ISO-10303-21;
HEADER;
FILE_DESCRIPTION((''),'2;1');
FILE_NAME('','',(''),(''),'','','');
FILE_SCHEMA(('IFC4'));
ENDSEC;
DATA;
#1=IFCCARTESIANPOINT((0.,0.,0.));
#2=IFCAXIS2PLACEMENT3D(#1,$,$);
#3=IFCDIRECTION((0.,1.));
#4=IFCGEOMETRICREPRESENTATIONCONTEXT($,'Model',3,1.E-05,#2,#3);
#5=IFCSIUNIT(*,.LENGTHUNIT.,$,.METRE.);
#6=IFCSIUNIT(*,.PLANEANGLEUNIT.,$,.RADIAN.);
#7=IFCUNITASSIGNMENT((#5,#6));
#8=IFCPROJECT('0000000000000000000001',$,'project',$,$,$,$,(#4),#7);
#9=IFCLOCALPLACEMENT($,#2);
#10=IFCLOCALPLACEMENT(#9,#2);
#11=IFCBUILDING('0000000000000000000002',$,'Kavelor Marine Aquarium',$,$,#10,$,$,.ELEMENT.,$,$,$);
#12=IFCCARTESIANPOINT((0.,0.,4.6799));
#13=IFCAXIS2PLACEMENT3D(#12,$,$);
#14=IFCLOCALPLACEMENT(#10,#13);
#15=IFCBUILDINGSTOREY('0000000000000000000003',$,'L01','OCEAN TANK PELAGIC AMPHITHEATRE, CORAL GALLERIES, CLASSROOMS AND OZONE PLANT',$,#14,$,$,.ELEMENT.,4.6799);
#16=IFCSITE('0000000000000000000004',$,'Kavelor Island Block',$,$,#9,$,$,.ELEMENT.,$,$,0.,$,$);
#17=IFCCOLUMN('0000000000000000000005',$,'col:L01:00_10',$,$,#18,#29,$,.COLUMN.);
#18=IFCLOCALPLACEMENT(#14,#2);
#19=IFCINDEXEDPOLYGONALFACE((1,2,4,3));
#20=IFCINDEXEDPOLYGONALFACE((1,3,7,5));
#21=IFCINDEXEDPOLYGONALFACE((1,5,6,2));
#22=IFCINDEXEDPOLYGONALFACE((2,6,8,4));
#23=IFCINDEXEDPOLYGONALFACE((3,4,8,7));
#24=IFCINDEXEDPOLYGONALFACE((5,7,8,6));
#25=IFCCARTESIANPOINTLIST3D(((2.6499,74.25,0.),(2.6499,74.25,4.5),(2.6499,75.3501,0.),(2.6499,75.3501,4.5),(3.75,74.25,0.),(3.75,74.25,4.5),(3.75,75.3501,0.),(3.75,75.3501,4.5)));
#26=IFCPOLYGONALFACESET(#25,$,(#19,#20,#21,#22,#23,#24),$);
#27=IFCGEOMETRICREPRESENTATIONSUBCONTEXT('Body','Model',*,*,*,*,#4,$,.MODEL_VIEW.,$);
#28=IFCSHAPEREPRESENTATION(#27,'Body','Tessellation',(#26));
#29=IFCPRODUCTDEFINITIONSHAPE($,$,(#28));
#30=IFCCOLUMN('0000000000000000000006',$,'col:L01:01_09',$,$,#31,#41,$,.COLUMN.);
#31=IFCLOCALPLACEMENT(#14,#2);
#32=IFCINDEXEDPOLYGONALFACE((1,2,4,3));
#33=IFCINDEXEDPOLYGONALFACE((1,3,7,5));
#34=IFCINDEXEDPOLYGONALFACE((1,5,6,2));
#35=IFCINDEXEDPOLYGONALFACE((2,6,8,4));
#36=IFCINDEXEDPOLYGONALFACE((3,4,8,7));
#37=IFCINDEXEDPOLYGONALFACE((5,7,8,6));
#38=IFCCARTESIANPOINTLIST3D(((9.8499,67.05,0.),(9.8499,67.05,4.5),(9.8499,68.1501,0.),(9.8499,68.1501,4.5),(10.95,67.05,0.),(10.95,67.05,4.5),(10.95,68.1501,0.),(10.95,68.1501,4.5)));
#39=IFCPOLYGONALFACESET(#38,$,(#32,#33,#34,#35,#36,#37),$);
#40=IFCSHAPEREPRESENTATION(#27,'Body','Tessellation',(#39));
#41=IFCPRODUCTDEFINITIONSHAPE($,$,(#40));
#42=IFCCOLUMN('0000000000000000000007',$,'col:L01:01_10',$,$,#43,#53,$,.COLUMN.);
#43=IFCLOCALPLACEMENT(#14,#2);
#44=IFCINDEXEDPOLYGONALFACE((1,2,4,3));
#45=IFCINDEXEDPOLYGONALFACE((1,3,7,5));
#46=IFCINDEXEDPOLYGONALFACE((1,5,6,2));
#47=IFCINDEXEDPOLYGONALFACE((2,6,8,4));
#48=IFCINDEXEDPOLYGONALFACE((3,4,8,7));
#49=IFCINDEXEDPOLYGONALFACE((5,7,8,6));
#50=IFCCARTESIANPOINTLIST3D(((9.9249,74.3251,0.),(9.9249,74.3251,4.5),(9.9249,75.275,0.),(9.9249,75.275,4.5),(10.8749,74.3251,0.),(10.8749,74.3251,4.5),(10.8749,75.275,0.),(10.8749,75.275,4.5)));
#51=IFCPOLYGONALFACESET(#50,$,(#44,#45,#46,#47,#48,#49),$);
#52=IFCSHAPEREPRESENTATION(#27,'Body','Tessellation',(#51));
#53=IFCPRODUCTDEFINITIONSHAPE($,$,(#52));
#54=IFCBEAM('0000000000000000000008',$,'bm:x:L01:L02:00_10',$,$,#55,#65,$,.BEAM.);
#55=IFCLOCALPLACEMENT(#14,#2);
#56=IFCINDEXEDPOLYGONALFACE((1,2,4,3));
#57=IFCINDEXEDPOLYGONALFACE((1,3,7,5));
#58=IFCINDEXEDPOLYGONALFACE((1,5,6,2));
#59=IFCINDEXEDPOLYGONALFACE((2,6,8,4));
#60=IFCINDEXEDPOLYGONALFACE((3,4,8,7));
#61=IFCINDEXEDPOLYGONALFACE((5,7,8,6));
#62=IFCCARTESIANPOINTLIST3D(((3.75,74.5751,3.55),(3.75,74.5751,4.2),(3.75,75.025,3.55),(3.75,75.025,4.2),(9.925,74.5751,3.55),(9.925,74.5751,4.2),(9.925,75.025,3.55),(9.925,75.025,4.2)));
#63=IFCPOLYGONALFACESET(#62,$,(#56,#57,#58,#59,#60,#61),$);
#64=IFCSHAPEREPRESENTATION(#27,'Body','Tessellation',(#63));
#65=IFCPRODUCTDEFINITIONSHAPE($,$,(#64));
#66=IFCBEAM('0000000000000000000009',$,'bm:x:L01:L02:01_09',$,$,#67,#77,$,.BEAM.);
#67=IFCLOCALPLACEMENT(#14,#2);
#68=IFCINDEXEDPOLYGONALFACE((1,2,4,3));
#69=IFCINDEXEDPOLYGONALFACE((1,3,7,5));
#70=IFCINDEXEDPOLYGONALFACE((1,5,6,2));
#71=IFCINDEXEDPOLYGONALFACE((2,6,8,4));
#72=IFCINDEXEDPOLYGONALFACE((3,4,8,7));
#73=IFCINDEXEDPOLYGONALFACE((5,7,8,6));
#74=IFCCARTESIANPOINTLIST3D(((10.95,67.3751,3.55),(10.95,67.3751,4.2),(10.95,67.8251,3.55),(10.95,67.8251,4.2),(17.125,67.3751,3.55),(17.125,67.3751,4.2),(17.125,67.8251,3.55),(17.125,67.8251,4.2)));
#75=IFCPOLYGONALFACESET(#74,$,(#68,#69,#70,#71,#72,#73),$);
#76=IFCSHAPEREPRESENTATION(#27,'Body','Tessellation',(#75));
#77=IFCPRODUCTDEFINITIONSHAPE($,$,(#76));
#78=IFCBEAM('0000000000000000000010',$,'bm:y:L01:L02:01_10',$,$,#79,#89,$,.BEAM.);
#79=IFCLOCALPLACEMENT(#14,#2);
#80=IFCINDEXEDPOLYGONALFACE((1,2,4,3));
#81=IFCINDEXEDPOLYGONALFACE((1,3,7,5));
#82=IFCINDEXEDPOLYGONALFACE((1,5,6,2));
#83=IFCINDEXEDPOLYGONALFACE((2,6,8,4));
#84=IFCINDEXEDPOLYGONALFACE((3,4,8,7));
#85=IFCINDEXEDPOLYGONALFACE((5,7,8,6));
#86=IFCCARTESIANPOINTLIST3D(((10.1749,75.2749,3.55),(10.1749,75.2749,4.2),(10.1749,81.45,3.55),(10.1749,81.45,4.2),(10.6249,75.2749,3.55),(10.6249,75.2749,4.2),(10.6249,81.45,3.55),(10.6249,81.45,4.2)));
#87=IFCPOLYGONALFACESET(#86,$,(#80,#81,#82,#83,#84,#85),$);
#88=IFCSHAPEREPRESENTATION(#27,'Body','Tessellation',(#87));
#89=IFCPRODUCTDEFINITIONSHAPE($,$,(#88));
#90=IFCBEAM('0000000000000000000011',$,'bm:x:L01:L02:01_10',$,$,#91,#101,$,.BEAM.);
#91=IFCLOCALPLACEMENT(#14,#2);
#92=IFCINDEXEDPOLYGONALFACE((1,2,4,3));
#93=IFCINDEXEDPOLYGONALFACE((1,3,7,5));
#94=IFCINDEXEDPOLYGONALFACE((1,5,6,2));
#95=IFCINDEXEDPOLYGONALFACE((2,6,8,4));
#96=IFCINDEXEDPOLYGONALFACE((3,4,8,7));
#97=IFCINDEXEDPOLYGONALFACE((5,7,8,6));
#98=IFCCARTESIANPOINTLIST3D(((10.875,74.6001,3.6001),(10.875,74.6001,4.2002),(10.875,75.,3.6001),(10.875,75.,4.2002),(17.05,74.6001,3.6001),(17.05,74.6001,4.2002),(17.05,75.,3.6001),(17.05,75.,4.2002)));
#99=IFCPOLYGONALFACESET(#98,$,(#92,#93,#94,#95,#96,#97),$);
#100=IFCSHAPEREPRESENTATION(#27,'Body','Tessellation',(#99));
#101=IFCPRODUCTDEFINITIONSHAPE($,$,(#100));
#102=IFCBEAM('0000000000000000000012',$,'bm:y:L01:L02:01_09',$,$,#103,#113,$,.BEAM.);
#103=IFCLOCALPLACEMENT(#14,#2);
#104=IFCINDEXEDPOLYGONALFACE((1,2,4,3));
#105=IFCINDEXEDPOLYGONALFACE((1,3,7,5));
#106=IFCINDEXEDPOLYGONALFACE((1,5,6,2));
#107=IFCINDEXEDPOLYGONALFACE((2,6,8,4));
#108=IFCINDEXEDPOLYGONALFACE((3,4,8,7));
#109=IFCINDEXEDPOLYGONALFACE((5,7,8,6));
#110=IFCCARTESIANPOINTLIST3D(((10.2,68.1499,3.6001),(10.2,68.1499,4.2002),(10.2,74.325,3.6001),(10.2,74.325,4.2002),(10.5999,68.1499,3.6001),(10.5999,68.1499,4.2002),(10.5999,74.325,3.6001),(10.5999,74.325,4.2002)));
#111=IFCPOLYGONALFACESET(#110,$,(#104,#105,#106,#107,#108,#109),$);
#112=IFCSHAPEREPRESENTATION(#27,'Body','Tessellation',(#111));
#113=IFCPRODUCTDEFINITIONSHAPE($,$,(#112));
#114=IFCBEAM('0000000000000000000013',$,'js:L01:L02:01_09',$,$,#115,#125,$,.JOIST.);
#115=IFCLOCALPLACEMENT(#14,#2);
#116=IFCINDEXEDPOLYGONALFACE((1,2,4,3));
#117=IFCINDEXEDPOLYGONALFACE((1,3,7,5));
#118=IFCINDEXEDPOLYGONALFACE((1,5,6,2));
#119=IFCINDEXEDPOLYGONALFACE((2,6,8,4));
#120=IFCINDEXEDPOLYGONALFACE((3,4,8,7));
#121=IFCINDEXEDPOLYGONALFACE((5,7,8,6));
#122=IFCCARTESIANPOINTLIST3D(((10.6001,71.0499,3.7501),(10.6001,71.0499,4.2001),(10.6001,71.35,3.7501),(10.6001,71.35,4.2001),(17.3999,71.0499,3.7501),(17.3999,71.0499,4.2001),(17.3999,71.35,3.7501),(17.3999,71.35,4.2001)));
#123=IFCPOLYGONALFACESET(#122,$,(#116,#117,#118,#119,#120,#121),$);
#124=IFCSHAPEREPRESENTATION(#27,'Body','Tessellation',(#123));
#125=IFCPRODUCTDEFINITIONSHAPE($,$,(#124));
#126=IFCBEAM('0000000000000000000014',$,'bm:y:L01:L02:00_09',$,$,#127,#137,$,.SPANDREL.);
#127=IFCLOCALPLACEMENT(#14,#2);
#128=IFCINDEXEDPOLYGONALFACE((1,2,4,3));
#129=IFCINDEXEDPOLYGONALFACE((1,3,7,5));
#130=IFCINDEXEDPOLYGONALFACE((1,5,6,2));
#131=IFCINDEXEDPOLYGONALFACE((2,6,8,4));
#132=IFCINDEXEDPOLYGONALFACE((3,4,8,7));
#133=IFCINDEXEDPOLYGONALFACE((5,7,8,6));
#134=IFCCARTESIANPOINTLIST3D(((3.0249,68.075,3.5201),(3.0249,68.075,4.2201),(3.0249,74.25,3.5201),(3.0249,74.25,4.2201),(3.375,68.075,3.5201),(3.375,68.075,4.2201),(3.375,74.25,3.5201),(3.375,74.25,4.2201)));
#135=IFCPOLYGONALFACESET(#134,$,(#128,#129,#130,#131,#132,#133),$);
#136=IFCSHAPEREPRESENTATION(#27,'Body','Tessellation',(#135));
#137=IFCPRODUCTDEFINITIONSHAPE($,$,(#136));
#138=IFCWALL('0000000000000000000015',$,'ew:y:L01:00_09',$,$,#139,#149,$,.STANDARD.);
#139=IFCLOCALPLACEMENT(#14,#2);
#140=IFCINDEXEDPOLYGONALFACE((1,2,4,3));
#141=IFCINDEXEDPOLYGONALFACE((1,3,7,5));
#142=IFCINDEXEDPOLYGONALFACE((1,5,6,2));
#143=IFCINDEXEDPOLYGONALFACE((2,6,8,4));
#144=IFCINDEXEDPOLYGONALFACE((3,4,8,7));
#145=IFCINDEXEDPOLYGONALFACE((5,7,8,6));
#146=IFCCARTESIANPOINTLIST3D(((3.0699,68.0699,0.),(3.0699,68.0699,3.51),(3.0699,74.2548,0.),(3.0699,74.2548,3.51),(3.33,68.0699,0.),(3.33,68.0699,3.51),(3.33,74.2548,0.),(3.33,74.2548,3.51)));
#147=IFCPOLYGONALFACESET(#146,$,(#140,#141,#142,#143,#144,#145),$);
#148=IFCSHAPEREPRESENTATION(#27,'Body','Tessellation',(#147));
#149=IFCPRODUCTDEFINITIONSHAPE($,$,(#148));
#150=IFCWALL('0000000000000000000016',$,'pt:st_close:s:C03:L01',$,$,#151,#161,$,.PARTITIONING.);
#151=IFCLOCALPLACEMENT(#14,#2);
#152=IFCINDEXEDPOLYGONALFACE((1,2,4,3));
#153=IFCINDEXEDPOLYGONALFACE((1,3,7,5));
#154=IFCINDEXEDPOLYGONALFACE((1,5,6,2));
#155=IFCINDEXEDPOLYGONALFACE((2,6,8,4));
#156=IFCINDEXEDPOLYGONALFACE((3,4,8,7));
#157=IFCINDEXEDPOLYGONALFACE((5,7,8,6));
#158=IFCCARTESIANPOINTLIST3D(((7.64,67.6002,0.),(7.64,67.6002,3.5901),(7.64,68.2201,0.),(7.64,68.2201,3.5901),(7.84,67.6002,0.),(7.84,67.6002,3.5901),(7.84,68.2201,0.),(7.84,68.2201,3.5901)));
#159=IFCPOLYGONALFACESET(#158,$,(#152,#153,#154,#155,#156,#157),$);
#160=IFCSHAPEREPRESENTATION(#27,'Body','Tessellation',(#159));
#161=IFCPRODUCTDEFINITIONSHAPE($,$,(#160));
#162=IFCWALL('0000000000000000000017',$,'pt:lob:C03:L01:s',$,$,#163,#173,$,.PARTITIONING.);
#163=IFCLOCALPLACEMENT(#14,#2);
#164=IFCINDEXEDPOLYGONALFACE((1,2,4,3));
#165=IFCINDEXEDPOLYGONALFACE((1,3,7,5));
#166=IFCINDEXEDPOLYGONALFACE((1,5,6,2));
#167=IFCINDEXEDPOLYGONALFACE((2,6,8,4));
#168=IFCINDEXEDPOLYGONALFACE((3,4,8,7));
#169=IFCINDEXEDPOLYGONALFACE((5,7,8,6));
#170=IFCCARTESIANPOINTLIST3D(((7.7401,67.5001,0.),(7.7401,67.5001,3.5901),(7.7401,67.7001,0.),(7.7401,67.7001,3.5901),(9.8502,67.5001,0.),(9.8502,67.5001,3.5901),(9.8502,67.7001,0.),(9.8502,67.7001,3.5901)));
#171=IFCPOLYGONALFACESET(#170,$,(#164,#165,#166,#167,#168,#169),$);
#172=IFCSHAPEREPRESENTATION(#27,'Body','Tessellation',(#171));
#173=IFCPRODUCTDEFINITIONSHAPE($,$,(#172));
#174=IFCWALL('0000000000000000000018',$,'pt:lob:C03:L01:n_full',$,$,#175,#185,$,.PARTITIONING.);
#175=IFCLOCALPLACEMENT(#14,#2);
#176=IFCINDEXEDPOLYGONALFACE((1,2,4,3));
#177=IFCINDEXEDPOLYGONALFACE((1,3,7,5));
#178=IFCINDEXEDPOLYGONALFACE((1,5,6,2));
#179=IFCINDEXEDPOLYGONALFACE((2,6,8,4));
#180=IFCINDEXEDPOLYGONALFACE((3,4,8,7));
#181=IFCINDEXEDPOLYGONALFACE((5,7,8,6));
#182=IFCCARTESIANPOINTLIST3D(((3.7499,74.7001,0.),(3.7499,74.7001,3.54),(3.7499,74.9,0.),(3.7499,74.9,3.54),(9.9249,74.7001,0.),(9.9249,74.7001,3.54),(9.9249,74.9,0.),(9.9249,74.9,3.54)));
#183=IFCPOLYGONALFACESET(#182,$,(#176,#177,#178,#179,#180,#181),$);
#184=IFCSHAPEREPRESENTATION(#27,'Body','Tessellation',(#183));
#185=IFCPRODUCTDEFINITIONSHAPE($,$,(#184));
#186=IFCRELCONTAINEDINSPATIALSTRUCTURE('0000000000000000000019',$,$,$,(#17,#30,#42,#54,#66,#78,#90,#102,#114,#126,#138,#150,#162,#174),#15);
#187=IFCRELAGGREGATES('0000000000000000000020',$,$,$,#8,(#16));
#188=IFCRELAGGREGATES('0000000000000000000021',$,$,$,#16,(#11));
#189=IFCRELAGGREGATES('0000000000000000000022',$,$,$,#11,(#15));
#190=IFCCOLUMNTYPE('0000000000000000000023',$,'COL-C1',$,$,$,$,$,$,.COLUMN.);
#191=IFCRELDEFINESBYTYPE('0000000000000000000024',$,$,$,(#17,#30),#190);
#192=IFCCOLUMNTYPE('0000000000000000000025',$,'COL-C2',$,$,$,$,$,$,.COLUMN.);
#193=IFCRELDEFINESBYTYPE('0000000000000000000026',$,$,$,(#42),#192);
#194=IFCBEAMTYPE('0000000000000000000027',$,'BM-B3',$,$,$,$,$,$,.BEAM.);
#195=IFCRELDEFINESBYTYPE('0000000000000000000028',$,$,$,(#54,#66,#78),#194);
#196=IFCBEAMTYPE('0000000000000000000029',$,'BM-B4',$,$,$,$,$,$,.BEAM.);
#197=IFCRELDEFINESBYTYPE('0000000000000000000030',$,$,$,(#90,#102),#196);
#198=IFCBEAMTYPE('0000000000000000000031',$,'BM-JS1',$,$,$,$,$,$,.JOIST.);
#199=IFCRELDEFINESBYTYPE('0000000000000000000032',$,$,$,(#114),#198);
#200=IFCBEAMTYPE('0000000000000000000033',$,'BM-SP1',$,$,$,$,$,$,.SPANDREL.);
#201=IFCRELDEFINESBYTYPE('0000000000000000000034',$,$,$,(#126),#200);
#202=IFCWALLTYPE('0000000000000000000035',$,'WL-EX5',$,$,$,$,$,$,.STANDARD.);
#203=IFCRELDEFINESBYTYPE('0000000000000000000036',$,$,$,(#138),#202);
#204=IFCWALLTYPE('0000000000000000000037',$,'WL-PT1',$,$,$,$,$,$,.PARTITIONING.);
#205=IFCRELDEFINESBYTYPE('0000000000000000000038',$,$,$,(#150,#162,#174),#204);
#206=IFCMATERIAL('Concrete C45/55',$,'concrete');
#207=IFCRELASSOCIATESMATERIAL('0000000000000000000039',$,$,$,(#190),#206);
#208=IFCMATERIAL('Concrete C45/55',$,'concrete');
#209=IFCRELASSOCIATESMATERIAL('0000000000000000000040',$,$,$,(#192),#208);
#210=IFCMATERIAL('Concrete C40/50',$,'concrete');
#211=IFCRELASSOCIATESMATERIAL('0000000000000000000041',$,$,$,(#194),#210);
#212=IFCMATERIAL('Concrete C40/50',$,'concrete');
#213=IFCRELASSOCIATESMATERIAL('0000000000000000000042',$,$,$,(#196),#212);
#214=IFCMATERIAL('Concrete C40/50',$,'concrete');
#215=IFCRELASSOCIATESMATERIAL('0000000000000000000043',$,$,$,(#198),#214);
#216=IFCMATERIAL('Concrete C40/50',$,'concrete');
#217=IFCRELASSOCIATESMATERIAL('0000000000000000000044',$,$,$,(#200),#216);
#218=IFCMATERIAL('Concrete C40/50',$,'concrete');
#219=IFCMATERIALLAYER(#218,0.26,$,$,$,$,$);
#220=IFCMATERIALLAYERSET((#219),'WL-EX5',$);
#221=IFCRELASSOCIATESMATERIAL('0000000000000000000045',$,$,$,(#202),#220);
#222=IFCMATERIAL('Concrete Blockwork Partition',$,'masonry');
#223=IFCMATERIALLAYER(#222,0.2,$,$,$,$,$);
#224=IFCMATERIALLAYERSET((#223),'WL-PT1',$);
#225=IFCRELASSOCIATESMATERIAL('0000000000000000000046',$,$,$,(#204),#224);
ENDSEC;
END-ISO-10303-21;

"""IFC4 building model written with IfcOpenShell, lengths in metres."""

from ifc_helpers import new_model, si_unit, direction, frame, frame_2d, origin, origin_2d, place, context, subcontext, project, spatial, rectangle, extrude, material, layer, layer_set, material_profile, profile_set, type_object, element, save


model = new_model("IFC4")

# Units and contexts
model_context = context("Model", 3, precision=1e-05, world=origin(), true_north=direction((0.0, 1.0)))
body_context = subcontext(model_context, "Body", "Model", "MODEL_VIEW")
ifc_project = project(units=[si_unit("LENGTHUNIT", "METRE"), si_unit("PLANEANGLEUNIT", "RADIAN")], contexts=[model_context])

# Site, building, storey
site_placement = place(None, origin())
site = spatial("IfcSite", under=ifc_project, at=site_placement, Name="Kavelor Island Block", CompositionType="ELEMENT", RefElevation=0.0)
building_placement = place(site_placement, origin())
building = spatial("IfcBuilding", under=site, at=building_placement, Name="Kavelor Marine Aquarium", CompositionType="ELEMENT")
storey_placement = place(building_placement, frame((0.0, 0.0, 4.6799)))
storey = spatial("IfcBuildingStorey", under=building, at=storey_placement, Name="L01", Description="OCEAN TANK PELAGIC AMPHITHEATRE, CORAL GALLERIES, CLASSROOMS AND OZONE PLANT", CompositionType="ELEMENT", Elevation=4.6799)

# Columns
ifc_material_1 = material(Name="Concrete C45/55", Category="concrete")
ifc_material_profile_1 = material_profile(ifc_material_1, rectangle(XDim=1.1001, YDim=1.1001, at=origin_2d()), Name="RC-COL 1100x1100")
ifc_profile_set_1 = profile_set([ifc_material_profile_1], Name="Concrete C45/55")
column_type_1 = type_object("IfcColumnType", Name="COL-C1", PredefinedType="COLUMN", material=ifc_profile_set_1)
for number, where, z_axis, x_axis, name in (
    (1, (3.2, 74.8, 0.0), (0.0, 0.0, 1.0), (1.0, 0.0, 0.0), "col:L01:00_10"),
    (2, (10.3999, 67.6001, 0.0), (0.0, 0.0, 1.0), (1.0, 0.0, 0.0), "col:L01:01_09"),
):
    element("IfcColumn", number, at=place(storey_placement, frame(where, z_axis=z_axis, x_axis=x_axis)), inside=storey, type_object=column_type_1, Name=name, PredefinedType="COLUMN", context=body_context, shape_type="SweptSolid", body=[
        extrude(rectangle(XDim=1.1001, YDim=1.1001, at=origin_2d()), origin(), (0.0, 0.0, 1.0), 4.5),
    ])
ifc_material_2 = material(Name="Concrete C45/55", Category="concrete")
ifc_material_profile_2 = material_profile(ifc_material_2, rectangle(XDim=0.95, YDim=0.95, at=origin_2d()), Name="RC-COL 950x950")
ifc_profile_set_2 = profile_set([ifc_material_profile_2], Name="Concrete C45/55")
column_type_2 = type_object("IfcColumnType", Name="COL-C2", PredefinedType="COLUMN", material=ifc_profile_set_2)
column_placement = place(storey_placement, frame((10.3999, 74.8, 0.0), z_axis=(0.0, 0.0, 1.0), x_axis=(1.0, 0.0, 0.0)))
element("IfcColumn", 3, at=column_placement, inside=storey, type_object=column_type_2, Name="col:L01:01_10", PredefinedType="COLUMN", context=body_context, shape_type="SweptSolid", body=[
    extrude(rectangle(XDim=0.95, YDim=0.95, at=origin_2d()), origin(), (0.0, 0.0, 1.0), 4.5),
])

# Beams
ifc_material_3 = material(Name="Concrete C40/50", Category="concrete")
ifc_material_profile_3 = material_profile(ifc_material_3, rectangle(XDim=0.45, YDim=0.6499, at=origin_2d()), Name="RC-BM 450x650")
ifc_profile_set_3 = profile_set([ifc_material_profile_3], Name="Concrete C40/50")
beam_type_1 = type_object("IfcBeamType", Name="BM-B3", PredefinedType="BEAM", material=ifc_profile_set_3)
for number, where, z_axis, x_axis, name in (
    (4, (3.75, 74.8, 3.875), (1.0, 0.0, 0.0), (0.0, 1.0, 0.0), "bm:x:L01:L02:00_10"),
    (5, (10.95, 67.6001, 3.875), (1.0, 0.0, 0.0), (0.0, 1.0, 0.0), "bm:x:L01:L02:01_09"),
    (6, (10.3999, 75.2749, 3.875), (0.0, 1.0, 0.0), (-1.0, 0.0, 0.0), "bm:y:L01:L02:01_10"),
):
    element("IfcBeam", number, at=place(storey_placement, frame(where, z_axis=z_axis, x_axis=x_axis)), inside=storey, type_object=beam_type_1, Name=name, PredefinedType="BEAM", context=body_context, shape_type="SweptSolid", body=[
        extrude(rectangle(XDim=0.45, YDim=0.6499, at=origin_2d()), origin(), (0.0, 0.0, 1.0), 6.175),
    ])
ifc_material_4 = material(Name="Concrete C40/50", Category="concrete")
ifc_material_profile_4 = material_profile(ifc_material_4, rectangle(XDim=0.3999, YDim=0.6001, at=origin_2d()), Name="RC-BM 400x600")
ifc_profile_set_4 = profile_set([ifc_material_profile_4], Name="Concrete C40/50")
beam_type_2 = type_object("IfcBeamType", Name="BM-B4", PredefinedType="BEAM", material=ifc_profile_set_4)
for number, where, z_axis, x_axis, name in (
    (7, (10.875, 74.8, 3.9001), (1.0, 0.0, 0.0), (0.0, 1.0, 0.0), "bm:x:L01:L02:01_10"),
    (8, (10.3999, 68.1499, 3.9001), (0.0, 1.0, 0.0), (-1.0, 0.0, 0.0), "bm:y:L01:L02:01_09"),
):
    element("IfcBeam", number, at=place(storey_placement, frame(where, z_axis=z_axis, x_axis=x_axis)), inside=storey, type_object=beam_type_2, Name=name, PredefinedType="BEAM", context=body_context, shape_type="SweptSolid", body=[
        extrude(rectangle(XDim=0.3999, YDim=0.6001, at=origin_2d()), origin(), (0.0, 0.0, 1.0), 6.175),
    ])
ifc_material_5 = material(Name="Concrete C40/50", Category="concrete")
ifc_material_profile_5 = material_profile(ifc_material_5, rectangle(XDim=0.3, YDim=0.45, at=origin_2d()), Name="RC-JS 300x450")
ifc_profile_set_5 = profile_set([ifc_material_profile_5], Name="Concrete C40/50")
beam_type_3 = type_object("IfcBeamType", Name="BM-JS1", PredefinedType="JOIST", material=ifc_profile_set_5)
beam_1_placement = place(storey_placement, frame((10.6001, 71.2, 3.9751), z_axis=(1.0, 0.0, 0.0), x_axis=(0.0, 1.0, 0.0)))
element("IfcBeam", 9, at=beam_1_placement, inside=storey, type_object=beam_type_3, Name="js:L01:L02:01_09", PredefinedType="JOIST", context=body_context, shape_type="SweptSolid", body=[
    extrude(rectangle(XDim=0.3, YDim=0.45, at=origin_2d()), origin(), (0.0, 0.0, 1.0), 6.7998),
])
ifc_material_6 = material(Name="Concrete C40/50", Category="concrete")
ifc_material_profile_6 = material_profile(ifc_material_6, rectangle(XDim=0.3501, YDim=0.7, at=origin_2d()), Name="RC-SP 350x700")
ifc_profile_set_6 = profile_set([ifc_material_profile_6], Name="Concrete C40/50")
beam_type_4 = type_object("IfcBeamType", Name="BM-SP1", PredefinedType="SPANDREL", material=ifc_profile_set_6)
beam_2_placement = place(storey_placement, frame((3.2, 68.075, 3.8701), z_axis=(0.0, 1.0, 0.0), x_axis=(-1.0, 0.0, 0.0)))
element("IfcBeam", 10, at=beam_2_placement, inside=storey, type_object=beam_type_4, Name="bm:y:L01:L02:00_09", PredefinedType="SPANDREL", context=body_context, shape_type="SweptSolid", body=[
    extrude(rectangle(XDim=0.3501, YDim=0.7, at=origin_2d()), origin(), (0.0, 0.0, 1.0), 6.175),
])

# Walls
ifc_material_7 = material(Name="Concrete C40/50", Category="concrete")
ifc_layer_1 = layer(ifc_material_7, 0.26)
ifc_layer_set_1 = layer_set([ifc_layer_1], Name="WL-EX5")
wall_type_1 = type_object("IfcWallType", Name="WL-EX5", PredefinedType="STANDARD", material=ifc_layer_set_1)
wall_1_placement = place(storey_placement, frame((3.2, 68.0701, 0.0), z_axis=(0.0, 0.0, 1.0), x_axis=(0.0, 1.0, 0.0)))
element("IfcWall", 11, at=wall_1_placement, inside=storey, type_object=wall_type_1, Name="ew:y:L01:00_09", PredefinedType="STANDARD", context=body_context, shape_type="SweptSolid", body=[
    extrude(rectangle(XDim=6.1848, YDim=0.26, at=frame_2d((3.0923, 0.0))), origin(), (0.0, 0.0, 1.0), 3.51),
])
ifc_material_8 = material(Name="Concrete Blockwork Partition", Category="masonry")
ifc_layer_2 = layer(ifc_material_8, 0.2)
ifc_layer_set_2 = layer_set([ifc_layer_2], Name="WL-PT1")
wall_type_2 = type_object("IfcWallType", Name="WL-PT1", PredefinedType="PARTITIONING", material=ifc_layer_set_2)
wall_2_placement = place(storey_placement, frame((7.74, 67.6001, 0.0), z_axis=(0.0, 0.0, 1.0), x_axis=(0.0, 1.0, 0.0)))
element("IfcWall", 12, at=wall_2_placement, inside=storey, type_object=wall_type_2, Name="pt:st_close:s:C03:L01", PredefinedType="PARTITIONING", context=body_context, shape_type="SweptSolid", body=[
    extrude(rectangle(XDim=0.6199, YDim=0.2, at=frame_2d((0.3101, 0.0))), origin(), (0.0, 0.0, 1.0), 3.5901),
])

# Walls
wall_3_placement = place(storey_placement, frame((7.74, 67.6001, 0.0), z_axis=(0.0, 0.0, 1.0), x_axis=(1.0, 0.0, 0.0)))
element("IfcWall", 13, at=wall_3_placement, inside=storey, type_object=wall_type_2, Name="pt:lob:C03:L01:s", PredefinedType="PARTITIONING", context=body_context, shape_type="SweptSolid", body=[
    extrude(rectangle(XDim=2.1101, YDim=0.2, at=frame_2d((1.0552, 0.0))), origin(), (0.0, 0.0, 1.0), 3.5901),
])
wall_4_placement = place(storey_placement, frame((3.75, 74.8, 0.0), z_axis=(0.0, 0.0, 1.0), x_axis=(1.0, 0.0, 0.0)))
element("IfcWall", 14, at=wall_4_placement, inside=storey, type_object=wall_type_2, Name="pt:lob:C03:L01:n_full", PredefinedType="PARTITIONING", context=body_context, shape_type="SweptSolid", body=[
    extrude(rectangle(XDim=6.175, YDim=0.2, at=frame_2d((3.0874, 0.0))), origin(), (0.0, 0.0, 1.0), 3.54),
])

save(model, "model.ifc")
